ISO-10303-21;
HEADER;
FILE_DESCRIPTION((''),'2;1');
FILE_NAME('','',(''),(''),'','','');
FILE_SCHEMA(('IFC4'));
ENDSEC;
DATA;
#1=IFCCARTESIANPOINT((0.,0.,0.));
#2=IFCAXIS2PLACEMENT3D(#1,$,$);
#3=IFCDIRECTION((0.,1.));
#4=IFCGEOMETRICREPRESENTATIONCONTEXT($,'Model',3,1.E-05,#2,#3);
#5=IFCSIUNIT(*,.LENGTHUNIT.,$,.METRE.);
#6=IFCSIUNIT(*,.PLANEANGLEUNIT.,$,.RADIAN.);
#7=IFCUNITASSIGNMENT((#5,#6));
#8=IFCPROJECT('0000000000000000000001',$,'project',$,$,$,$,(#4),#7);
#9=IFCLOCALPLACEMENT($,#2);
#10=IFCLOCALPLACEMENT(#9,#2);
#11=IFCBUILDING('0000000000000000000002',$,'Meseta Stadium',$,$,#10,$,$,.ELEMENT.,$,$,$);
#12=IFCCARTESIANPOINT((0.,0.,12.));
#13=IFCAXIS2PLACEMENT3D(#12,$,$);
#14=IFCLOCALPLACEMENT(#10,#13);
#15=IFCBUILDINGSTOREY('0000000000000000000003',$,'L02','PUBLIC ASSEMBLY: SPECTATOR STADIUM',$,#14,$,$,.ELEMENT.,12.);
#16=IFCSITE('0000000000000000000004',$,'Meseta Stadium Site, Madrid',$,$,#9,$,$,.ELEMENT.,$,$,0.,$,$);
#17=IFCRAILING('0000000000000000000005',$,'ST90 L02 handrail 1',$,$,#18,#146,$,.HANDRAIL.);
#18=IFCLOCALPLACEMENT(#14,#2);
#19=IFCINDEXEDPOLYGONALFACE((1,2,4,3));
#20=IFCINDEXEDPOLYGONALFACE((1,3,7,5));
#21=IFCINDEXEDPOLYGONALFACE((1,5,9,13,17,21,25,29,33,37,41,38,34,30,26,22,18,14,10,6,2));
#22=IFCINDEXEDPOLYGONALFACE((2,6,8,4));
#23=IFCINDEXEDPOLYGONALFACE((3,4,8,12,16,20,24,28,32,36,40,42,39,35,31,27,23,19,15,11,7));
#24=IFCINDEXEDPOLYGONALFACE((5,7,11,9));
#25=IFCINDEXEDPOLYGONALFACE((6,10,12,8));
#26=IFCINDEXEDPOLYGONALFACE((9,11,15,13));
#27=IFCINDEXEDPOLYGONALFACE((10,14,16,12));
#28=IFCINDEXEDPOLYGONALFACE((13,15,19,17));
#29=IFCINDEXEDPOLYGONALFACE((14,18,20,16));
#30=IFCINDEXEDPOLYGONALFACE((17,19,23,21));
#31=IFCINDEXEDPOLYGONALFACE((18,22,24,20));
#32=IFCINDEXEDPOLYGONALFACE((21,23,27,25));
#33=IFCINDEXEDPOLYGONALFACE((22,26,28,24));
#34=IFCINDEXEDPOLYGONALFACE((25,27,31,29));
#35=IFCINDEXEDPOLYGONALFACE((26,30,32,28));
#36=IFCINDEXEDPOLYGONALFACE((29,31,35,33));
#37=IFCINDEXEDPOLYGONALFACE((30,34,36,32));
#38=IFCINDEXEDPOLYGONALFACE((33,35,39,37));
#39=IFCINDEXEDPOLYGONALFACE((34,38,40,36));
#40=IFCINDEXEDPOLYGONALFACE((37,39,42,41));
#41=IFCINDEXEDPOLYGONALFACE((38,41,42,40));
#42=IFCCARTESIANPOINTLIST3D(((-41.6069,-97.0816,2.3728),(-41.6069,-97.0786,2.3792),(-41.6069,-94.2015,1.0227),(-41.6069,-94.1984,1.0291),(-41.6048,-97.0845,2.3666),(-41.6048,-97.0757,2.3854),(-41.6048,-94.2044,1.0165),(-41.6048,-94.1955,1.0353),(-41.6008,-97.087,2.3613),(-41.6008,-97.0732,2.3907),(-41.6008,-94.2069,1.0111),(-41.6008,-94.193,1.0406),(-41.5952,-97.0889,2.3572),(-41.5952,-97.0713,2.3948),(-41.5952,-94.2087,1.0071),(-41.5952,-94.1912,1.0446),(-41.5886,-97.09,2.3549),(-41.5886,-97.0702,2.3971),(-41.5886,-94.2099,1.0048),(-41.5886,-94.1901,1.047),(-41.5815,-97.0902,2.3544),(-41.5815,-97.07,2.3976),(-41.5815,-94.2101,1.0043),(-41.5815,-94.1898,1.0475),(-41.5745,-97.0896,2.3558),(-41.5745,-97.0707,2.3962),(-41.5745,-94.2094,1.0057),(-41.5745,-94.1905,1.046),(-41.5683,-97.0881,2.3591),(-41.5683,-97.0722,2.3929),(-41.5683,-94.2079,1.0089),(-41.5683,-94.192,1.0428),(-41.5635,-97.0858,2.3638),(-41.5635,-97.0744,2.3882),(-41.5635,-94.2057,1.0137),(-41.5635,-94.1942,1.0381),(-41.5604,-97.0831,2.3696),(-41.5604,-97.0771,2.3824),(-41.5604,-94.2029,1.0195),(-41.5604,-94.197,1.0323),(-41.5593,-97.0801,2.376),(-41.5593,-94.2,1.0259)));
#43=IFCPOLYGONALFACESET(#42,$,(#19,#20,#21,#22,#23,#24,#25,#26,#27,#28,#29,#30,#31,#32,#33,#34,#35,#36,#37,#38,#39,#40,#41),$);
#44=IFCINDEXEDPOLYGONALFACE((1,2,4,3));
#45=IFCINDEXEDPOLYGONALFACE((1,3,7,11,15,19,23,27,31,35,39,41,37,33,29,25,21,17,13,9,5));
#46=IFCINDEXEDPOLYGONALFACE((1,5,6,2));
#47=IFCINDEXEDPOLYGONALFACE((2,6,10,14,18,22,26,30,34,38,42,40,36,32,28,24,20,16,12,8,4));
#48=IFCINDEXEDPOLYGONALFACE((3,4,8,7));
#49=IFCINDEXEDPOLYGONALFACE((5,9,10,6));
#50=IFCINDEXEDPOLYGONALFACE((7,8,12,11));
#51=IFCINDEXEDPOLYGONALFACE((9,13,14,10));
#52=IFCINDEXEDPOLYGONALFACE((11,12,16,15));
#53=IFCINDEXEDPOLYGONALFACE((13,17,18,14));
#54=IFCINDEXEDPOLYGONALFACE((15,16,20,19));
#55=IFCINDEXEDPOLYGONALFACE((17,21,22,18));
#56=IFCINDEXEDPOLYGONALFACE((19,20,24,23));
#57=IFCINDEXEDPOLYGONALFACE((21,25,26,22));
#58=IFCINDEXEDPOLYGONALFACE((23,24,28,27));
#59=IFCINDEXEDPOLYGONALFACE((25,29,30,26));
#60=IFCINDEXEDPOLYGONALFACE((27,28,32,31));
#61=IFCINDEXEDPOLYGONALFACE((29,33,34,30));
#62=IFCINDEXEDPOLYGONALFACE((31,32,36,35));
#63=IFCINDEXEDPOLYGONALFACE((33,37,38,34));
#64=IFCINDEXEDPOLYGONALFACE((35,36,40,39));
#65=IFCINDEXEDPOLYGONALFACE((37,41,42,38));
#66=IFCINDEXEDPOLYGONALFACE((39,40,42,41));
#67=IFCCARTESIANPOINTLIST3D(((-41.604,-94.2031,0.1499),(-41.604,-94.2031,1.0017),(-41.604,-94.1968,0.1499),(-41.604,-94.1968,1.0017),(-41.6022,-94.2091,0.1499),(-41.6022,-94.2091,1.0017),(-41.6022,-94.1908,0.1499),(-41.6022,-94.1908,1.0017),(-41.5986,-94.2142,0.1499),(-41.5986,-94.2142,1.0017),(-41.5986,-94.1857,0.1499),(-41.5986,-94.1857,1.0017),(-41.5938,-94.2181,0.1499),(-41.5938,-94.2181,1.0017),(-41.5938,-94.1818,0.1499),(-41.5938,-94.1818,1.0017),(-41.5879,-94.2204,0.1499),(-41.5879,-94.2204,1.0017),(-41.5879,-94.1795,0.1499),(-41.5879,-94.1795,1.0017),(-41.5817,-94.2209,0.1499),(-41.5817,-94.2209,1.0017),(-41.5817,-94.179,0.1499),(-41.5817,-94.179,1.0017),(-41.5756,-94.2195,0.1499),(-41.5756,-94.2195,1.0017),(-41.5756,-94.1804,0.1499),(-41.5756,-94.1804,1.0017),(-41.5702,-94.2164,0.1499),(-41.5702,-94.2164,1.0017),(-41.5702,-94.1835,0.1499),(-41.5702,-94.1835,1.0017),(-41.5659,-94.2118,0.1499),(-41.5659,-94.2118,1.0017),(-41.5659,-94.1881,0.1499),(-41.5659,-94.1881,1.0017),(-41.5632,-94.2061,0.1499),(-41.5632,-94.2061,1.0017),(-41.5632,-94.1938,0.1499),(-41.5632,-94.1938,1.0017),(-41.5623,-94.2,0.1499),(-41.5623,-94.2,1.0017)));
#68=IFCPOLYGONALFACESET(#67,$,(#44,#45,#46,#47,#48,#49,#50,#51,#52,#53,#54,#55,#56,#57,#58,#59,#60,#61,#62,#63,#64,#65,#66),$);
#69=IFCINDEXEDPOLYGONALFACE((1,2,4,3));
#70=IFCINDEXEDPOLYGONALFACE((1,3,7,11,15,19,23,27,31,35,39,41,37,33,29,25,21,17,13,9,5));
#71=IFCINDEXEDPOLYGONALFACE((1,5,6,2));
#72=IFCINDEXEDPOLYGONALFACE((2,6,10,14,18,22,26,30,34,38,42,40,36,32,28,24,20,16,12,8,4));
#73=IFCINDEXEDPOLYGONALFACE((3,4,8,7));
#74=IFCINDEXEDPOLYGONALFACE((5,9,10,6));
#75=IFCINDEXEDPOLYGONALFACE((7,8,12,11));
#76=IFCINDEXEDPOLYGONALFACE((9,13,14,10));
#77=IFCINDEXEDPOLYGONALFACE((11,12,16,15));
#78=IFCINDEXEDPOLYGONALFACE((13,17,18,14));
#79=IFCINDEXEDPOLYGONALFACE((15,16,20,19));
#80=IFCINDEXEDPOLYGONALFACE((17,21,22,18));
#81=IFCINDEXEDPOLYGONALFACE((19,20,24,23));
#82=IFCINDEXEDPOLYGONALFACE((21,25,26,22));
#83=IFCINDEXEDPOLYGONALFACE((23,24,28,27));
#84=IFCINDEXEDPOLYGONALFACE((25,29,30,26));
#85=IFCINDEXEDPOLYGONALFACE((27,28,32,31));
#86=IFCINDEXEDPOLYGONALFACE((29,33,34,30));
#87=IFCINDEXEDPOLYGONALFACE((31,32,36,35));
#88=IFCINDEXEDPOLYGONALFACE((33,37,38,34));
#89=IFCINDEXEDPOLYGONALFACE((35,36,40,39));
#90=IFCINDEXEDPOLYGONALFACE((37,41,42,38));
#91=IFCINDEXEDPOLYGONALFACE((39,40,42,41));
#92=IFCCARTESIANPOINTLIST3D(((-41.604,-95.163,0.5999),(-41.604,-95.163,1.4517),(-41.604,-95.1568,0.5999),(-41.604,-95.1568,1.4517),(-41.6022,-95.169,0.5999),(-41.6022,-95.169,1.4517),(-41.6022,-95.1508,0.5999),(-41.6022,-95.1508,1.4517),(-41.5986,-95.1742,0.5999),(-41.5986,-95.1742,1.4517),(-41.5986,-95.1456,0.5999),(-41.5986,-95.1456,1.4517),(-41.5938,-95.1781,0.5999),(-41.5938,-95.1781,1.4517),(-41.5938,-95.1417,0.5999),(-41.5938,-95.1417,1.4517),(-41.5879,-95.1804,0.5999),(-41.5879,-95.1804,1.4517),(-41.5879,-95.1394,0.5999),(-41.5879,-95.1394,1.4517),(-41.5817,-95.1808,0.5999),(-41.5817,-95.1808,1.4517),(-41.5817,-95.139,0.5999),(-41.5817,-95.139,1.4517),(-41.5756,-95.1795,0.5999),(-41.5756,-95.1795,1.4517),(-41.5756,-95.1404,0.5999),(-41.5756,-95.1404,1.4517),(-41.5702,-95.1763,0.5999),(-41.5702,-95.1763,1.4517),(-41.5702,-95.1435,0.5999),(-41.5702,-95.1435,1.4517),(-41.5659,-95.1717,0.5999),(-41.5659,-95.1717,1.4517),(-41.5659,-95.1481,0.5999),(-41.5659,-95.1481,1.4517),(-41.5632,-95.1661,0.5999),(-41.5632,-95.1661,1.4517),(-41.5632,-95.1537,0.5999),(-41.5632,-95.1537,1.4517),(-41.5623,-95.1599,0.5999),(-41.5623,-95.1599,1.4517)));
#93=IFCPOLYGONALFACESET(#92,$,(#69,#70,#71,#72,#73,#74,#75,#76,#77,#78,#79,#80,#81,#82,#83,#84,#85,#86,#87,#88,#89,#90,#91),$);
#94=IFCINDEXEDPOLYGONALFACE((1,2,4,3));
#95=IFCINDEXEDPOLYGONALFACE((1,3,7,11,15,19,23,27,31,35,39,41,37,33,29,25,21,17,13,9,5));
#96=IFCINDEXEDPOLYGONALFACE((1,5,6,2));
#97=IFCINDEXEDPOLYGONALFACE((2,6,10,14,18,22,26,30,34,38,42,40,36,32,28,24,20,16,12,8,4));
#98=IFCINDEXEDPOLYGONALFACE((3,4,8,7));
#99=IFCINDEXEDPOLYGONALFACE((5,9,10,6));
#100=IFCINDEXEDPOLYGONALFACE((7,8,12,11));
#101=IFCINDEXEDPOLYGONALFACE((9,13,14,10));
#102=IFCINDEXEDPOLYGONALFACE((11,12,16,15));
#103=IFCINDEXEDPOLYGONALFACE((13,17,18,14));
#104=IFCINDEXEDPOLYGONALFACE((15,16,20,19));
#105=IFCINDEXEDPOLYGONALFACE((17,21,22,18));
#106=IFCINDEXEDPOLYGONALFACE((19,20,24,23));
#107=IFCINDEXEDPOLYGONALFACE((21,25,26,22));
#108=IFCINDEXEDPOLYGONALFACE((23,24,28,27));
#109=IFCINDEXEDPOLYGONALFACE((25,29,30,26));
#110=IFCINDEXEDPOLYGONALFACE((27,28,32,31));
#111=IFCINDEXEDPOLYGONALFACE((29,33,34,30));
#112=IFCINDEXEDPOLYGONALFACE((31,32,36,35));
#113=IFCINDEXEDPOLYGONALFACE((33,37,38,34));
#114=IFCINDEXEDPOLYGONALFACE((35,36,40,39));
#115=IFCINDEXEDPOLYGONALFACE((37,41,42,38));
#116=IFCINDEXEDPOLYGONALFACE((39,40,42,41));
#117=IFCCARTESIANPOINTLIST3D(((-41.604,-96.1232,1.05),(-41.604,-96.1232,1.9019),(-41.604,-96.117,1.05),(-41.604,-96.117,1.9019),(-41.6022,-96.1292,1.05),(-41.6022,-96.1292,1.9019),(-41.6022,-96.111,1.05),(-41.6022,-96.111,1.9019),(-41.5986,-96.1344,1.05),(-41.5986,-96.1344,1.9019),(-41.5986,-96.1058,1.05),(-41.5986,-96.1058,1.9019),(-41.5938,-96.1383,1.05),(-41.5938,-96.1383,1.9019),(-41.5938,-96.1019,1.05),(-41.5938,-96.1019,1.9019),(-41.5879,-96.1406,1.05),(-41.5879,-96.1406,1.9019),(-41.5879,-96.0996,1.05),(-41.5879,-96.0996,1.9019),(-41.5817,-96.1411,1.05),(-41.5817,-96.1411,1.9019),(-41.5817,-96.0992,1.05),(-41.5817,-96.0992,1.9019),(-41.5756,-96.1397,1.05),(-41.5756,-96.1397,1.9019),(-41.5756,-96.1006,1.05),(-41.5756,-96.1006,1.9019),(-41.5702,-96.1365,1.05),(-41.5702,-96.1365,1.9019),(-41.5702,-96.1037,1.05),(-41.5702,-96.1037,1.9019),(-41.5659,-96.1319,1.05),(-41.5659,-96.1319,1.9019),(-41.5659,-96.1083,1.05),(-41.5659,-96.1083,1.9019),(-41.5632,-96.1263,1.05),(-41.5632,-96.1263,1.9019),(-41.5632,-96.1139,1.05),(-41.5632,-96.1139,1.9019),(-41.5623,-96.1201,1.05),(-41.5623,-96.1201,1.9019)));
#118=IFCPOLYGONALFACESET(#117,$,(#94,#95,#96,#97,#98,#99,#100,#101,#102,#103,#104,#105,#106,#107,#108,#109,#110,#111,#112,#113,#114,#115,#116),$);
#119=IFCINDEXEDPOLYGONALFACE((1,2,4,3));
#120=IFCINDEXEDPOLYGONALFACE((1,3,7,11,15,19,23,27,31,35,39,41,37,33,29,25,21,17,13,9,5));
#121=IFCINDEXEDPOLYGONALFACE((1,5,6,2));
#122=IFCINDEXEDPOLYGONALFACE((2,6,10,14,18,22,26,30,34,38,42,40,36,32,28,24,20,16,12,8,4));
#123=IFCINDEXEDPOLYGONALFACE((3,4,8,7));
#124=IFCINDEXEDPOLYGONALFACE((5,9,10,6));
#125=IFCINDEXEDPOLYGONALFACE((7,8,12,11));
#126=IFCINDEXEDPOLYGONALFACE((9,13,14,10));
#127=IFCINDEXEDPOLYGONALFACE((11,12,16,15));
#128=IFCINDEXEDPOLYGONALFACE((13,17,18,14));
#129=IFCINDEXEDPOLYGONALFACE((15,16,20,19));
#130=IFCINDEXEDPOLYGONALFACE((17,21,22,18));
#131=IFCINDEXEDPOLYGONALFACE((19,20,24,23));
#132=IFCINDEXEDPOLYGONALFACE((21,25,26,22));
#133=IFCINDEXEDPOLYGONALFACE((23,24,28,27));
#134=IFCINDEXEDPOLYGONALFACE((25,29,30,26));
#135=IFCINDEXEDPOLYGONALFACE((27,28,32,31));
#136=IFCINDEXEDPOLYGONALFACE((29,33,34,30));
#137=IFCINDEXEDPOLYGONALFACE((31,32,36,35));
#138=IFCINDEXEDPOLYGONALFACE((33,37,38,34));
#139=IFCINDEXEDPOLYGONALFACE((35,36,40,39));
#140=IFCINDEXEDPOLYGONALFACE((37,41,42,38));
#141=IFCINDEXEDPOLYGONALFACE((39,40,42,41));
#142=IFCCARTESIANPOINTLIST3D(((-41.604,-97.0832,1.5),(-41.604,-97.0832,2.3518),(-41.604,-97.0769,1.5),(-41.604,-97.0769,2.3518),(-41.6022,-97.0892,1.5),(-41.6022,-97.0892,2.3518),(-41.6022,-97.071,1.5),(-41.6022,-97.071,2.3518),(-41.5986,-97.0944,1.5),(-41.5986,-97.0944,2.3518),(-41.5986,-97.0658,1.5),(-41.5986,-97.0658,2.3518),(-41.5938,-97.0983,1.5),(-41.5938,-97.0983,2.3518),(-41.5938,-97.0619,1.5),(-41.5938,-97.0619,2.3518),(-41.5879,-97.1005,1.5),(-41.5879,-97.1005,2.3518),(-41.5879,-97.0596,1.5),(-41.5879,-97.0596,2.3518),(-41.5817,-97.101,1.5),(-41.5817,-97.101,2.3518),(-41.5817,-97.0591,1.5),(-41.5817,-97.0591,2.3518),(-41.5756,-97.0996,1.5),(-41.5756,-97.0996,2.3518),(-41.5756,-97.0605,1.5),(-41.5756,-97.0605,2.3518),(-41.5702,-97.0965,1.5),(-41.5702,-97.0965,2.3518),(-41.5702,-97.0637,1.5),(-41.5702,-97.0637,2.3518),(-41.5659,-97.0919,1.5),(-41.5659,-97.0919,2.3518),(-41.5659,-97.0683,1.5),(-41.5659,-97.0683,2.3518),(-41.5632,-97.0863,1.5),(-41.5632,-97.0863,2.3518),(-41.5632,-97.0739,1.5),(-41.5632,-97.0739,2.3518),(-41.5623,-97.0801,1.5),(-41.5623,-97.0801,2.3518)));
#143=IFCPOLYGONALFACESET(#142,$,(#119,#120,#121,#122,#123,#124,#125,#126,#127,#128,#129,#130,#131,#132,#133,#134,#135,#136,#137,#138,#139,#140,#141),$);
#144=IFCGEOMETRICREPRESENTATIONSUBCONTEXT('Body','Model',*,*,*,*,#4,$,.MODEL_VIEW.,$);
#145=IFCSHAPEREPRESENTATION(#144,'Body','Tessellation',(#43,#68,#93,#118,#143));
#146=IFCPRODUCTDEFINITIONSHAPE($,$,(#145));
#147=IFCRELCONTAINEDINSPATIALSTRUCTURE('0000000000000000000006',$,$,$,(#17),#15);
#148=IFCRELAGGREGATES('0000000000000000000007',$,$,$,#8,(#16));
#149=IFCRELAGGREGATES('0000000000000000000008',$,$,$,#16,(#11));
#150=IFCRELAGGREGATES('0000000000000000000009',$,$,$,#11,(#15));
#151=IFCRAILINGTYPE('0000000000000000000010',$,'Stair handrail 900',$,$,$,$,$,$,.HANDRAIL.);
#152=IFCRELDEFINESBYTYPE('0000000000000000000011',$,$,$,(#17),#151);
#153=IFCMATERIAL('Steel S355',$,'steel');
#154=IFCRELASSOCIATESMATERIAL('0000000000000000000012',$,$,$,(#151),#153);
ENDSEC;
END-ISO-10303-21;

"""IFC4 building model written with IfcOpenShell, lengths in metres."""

from ifc_helpers import new_model, si_unit, direction, frame, origin, origin_2d, place, context, subcontext, project, spatial, circle, extrude, material, type_object, element, save


model = new_model("IFC4")

# Units and contexts
model_context = context("Model", 3, precision=1e-05, world=origin(), true_north=direction((0.0, 1.0)))
body_context = subcontext(model_context, "Body", "Model", "MODEL_VIEW")
ifc_project = project(units=[si_unit("LENGTHUNIT", "METRE"), si_unit("PLANEANGLEUNIT", "RADIAN")], contexts=[model_context])

# Site, building, storey
site_placement = place(None, origin())
site = spatial("IfcSite", under=ifc_project, at=site_placement, Name="Meseta Stadium Site, Madrid", CompositionType="ELEMENT", RefElevation=0.0)
building_placement = place(site_placement, origin())
building = spatial("IfcBuilding", under=site, at=building_placement, Name="Meseta Stadium", CompositionType="ELEMENT")
storey_placement = place(building_placement, frame((0.0, 0.0, 12.0)))
storey = spatial("IfcBuildingStorey", under=building, at=storey_placement, Name="L02", Description="PUBLIC ASSEMBLY: SPECTATOR STADIUM", CompositionType="ELEMENT", Elevation=12.0)

# Railing
ifc_material_1 = material(Name="Steel S355", Category="steel")
railing_type_1 = type_object("IfcRailingType", Name="Stair handrail 900", PredefinedType="HANDRAIL", material=ifc_material_1)
for number, where, name in (
    (1, (-41.5833, -94.2, 0.1499), "ST90 L02 handrail 1"),
):
    element("IfcRailing", number, at=place(storey_placement, frame(where)), inside=storey, type_object=railing_type_1, Name=name, PredefinedType="HANDRAIL", context=body_context, shape_type="SweptSolid", body=[
        extrude(circle(Radius=0.0239, at=origin_2d()), frame((0.0, 0.0, 0.876), z_axis=(0.0, -0.905454, 0.424444), x_axis=(1.0, 0.0, 0.0)), (0.0, 0.0, 1.0), 3.1809),
        extrude(circle(Radius=0.021, at=origin_2d()), origin(), (0.0, 0.0, 1.0), 0.8518),
        extrude(circle(Radius=0.021, at=origin_2d()), frame((0.0, -0.96, 0.45)), (0.0, 0.0, 1.0), 0.8518),
        extrude(circle(Radius=0.021, at=origin_2d()), frame((0.0, -1.9202, 0.9001)), (0.0, 0.0, 1.0), 0.8518),
        extrude(circle(Radius=0.021, at=origin_2d()), frame((0.0, -2.8801, 1.3501)), (0.0, 0.0, 1.0), 0.8518),
    ])

save(model, "model.ifc")
